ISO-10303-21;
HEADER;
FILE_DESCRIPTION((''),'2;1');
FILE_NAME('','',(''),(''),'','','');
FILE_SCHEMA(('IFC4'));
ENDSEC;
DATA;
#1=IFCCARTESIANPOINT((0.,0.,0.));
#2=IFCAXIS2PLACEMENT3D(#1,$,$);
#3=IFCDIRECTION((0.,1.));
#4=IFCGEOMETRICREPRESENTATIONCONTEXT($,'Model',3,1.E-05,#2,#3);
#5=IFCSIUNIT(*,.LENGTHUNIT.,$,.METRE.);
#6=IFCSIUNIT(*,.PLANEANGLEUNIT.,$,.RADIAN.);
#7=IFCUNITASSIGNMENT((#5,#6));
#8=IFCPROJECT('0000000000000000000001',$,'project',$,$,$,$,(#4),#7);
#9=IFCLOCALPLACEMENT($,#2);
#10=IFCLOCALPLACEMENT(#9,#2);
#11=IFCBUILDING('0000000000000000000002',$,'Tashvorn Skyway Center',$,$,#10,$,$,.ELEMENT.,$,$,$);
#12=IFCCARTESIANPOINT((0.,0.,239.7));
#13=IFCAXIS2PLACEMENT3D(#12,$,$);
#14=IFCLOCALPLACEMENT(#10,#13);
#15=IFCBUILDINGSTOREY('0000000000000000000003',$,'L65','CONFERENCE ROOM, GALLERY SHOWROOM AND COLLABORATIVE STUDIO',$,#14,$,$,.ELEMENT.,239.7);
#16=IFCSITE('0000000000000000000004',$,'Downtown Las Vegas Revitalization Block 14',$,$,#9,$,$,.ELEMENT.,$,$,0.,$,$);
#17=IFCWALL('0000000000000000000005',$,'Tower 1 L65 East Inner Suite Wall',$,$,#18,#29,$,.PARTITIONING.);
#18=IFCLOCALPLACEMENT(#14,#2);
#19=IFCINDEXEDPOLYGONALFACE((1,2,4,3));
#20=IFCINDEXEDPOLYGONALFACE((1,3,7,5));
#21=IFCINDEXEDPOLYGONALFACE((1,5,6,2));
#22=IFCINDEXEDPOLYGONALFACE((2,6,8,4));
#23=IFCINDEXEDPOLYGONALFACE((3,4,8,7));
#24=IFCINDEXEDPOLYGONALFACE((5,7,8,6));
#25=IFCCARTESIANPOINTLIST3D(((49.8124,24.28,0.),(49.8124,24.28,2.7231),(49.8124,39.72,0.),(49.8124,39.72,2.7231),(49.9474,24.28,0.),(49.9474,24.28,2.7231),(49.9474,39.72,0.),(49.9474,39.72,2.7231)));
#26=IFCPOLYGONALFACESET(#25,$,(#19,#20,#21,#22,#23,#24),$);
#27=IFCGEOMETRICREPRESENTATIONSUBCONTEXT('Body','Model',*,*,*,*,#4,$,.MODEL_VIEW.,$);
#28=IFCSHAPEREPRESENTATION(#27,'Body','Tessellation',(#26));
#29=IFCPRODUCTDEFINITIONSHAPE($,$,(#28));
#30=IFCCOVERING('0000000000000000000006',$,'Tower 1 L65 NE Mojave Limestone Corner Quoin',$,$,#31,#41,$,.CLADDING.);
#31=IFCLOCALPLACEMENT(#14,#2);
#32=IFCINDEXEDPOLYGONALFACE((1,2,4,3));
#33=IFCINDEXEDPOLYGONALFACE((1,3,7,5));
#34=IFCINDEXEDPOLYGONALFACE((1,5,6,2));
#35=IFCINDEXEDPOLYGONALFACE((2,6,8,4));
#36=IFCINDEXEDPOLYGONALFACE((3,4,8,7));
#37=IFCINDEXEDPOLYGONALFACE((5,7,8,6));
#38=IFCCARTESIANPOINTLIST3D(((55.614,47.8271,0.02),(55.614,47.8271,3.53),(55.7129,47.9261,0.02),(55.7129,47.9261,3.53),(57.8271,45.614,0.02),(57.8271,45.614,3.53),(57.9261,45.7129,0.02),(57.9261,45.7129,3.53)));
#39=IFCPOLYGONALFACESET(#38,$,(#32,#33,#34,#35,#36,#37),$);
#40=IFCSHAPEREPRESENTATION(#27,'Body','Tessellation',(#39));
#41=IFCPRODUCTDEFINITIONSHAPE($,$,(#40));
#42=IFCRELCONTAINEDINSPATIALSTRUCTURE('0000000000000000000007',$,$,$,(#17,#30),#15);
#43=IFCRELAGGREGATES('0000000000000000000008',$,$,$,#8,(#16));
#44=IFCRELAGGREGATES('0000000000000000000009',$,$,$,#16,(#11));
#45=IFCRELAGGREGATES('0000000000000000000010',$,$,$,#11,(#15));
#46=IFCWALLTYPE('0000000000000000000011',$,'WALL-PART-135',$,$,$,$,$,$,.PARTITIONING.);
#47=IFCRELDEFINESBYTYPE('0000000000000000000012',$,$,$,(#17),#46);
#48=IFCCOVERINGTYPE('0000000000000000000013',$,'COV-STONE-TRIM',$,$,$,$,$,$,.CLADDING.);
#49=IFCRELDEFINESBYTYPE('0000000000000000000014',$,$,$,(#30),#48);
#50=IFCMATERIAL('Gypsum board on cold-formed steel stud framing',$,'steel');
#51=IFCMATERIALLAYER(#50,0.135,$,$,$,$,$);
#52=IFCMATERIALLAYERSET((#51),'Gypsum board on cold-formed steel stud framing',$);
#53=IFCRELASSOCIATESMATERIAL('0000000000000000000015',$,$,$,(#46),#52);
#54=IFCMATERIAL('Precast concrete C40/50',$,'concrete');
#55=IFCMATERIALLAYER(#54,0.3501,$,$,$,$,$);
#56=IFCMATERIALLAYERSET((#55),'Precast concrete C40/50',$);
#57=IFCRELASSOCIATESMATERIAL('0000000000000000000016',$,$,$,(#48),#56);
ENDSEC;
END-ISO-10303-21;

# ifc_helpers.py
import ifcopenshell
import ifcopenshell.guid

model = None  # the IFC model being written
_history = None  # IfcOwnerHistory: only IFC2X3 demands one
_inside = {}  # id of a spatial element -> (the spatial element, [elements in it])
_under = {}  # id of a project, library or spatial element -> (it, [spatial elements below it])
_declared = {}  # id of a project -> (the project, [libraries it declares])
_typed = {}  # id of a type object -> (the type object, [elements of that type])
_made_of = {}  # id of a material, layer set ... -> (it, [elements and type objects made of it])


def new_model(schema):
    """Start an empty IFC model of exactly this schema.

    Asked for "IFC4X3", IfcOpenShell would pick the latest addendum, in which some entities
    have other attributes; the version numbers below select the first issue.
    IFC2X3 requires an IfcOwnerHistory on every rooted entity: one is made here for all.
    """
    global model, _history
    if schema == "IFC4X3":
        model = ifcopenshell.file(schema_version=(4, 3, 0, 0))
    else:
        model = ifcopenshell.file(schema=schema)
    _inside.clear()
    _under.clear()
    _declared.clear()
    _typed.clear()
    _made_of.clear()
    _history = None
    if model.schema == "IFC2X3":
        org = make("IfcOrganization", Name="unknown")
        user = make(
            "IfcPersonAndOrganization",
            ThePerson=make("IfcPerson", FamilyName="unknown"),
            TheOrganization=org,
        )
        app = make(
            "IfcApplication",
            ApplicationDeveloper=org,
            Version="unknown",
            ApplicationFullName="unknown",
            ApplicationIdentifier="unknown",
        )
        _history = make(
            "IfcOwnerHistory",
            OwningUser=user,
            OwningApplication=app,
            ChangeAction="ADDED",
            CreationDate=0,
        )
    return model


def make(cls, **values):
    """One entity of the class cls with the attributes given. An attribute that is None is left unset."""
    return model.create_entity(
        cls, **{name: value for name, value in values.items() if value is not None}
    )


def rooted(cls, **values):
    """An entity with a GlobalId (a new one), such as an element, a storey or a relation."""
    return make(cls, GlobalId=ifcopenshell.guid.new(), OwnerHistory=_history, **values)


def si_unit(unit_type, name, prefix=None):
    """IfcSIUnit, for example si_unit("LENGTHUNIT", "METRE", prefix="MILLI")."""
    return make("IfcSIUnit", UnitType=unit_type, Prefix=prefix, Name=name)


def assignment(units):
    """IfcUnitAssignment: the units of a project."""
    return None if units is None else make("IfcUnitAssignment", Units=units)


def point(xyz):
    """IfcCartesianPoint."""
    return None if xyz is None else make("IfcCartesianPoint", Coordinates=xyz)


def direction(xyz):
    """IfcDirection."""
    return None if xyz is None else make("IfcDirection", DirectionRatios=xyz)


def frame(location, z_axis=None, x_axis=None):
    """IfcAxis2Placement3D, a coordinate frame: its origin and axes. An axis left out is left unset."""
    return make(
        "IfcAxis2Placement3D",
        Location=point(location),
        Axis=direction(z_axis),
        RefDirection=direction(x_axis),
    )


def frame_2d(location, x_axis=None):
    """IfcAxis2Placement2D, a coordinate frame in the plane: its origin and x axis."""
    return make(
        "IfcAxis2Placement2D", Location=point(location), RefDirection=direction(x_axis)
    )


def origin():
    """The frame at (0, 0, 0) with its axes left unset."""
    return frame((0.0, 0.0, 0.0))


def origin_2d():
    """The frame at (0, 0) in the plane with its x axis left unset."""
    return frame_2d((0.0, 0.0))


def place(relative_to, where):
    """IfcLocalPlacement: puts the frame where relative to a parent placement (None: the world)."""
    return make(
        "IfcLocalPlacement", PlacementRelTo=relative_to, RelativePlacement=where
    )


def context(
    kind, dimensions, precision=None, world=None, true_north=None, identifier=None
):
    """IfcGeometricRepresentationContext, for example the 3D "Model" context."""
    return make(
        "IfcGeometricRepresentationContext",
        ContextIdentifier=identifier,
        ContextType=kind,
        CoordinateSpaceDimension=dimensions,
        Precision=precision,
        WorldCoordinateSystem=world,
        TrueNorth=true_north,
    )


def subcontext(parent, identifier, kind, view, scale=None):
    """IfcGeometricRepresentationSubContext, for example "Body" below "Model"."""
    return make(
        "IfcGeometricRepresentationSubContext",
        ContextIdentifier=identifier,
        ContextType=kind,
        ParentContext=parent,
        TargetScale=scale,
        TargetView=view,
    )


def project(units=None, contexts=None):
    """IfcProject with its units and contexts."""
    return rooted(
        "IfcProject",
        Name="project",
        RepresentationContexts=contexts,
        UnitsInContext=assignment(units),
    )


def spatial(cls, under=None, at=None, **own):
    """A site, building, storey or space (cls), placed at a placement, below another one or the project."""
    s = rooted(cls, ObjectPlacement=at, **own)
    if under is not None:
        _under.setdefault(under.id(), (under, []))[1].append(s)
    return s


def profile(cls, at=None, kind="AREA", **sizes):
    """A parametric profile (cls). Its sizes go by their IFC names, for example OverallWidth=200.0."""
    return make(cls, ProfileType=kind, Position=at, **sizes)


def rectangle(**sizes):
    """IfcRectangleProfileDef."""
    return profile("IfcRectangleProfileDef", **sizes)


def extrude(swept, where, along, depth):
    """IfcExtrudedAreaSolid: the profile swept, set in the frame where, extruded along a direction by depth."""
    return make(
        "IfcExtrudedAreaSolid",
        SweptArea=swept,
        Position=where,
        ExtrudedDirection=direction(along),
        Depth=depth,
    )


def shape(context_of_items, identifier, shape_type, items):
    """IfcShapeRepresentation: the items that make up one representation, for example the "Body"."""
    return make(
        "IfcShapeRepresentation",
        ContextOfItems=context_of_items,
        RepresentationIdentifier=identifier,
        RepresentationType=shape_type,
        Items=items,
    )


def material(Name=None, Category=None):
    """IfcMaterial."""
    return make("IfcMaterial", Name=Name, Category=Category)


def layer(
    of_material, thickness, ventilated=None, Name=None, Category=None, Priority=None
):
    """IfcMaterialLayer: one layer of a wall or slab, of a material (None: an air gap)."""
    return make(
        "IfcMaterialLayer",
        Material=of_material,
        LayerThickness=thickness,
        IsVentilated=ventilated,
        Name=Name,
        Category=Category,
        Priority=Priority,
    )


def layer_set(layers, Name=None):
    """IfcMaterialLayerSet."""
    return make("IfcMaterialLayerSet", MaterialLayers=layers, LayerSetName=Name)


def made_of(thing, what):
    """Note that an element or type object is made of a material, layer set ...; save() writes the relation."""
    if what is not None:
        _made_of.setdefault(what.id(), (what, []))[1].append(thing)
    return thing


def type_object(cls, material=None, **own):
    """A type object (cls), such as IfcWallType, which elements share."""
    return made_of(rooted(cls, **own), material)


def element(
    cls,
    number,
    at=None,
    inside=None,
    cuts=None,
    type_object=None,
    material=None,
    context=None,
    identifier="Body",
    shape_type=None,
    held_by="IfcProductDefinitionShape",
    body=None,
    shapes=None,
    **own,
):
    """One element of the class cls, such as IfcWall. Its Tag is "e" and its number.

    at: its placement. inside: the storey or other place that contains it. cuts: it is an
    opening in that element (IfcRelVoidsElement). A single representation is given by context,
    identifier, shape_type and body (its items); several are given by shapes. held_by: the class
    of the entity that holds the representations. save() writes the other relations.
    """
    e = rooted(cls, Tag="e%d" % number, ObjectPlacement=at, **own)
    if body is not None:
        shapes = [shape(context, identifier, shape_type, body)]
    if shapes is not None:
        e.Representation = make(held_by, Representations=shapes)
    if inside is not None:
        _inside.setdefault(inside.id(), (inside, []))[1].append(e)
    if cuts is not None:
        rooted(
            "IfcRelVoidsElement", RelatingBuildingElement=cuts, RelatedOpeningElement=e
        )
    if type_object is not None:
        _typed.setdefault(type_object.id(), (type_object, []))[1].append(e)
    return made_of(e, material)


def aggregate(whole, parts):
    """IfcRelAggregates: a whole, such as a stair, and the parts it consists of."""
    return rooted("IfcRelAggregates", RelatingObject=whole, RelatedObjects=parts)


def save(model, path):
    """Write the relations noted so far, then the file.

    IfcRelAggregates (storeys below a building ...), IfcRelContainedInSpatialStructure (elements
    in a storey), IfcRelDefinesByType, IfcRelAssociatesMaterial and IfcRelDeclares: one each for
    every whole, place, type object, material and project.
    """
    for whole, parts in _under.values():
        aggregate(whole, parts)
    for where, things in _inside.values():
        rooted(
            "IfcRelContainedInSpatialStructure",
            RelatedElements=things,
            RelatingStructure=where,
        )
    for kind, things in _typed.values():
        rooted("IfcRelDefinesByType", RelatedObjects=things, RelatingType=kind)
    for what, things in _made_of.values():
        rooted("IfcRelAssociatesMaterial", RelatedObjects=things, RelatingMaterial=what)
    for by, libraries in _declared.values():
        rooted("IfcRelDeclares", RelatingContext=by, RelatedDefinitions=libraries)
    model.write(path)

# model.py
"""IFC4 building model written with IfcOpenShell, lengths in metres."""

from ifc_helpers import new_model, si_unit, direction, frame, frame_2d, origin, origin_2d, place, context, subcontext, project, spatial, rectangle, extrude, material, layer, layer_set, type_object, element, save


model = new_model("IFC4")

# Units and contexts
model_context = context("Model", 3, precision=1e-05, world=origin(), true_north=direction((0.0, 1.0)))
body_context = subcontext(model_context, "Body", "Model", "MODEL_VIEW")
ifc_project = project(units=[si_unit("LENGTHUNIT", "METRE"), si_unit("PLANEANGLEUNIT", "RADIAN")], contexts=[model_context])

# Site, building, storey
site_placement = place(None, origin())
site = spatial("IfcSite", under=ifc_project, at=site_placement, Name="Downtown Las Vegas Revitalization Block 14", CompositionType="ELEMENT", RefElevation=0.0)
building_placement = place(site_placement, origin())
building = spatial("IfcBuilding", under=site, at=building_placement, Name="Tashvorn Skyway Center", CompositionType="ELEMENT")
storey_placement = place(building_placement, frame((0.0, 0.0, 239.7)))
storey = spatial("IfcBuildingStorey", under=building, at=storey_placement, Name="L65", Description="CONFERENCE ROOM, GALLERY SHOWROOM AND COLLABORATIVE STUDIO", CompositionType="ELEMENT", Elevation=239.7)

# Wall
ifc_material_1 = material(Name="Precast concrete C40/50", Category="concrete")
ifc_material_2 = material(Name="Gypsum board on cold-formed steel stud framing", Category="steel")
ifc_layer_1 = layer(ifc_material_2, 0.135)
ifc_layer_set_1 = layer_set([ifc_layer_1], Name="Gypsum board on cold-formed steel stud framing")
wall_type_1 = type_object("IfcWallType", Name="WALL-PART-135", PredefinedType="PARTITIONING", material=ifc_layer_set_1)
wall_1_placement = place(storey_placement, frame((49.8799, 39.72, 0.0), z_axis=(0.0, 0.0, 1.0), x_axis=(0.0, -1.0, 0.0)))
element("IfcWall", 1, at=wall_1_placement, inside=storey, type_object=wall_type_1, Name="Tower 1 L65 East Inner Suite Wall", PredefinedType="PARTITIONING", context=body_context, shape_type="SweptSolid", body=[
    extrude(rectangle(XDim=15.4399, YDim=0.135, at=frame_2d((7.72, 0.0))), origin(), (0.0, 0.0, 1.0), 2.7231),
])

# Covering
ifc_layer_2 = layer(ifc_material_1, 0.3501)
ifc_layer_set_2 = layer_set([ifc_layer_2], Name="Precast concrete C40/50")
covering_type = type_object("IfcCoveringType", Name="COV-STONE-TRIM", PredefinedType="CLADDING", material=ifc_layer_set_2)
covering_placement = place(storey_placement, frame((56.77, 46.77, 0.02), z_axis=(0.0, 0.0, 1.0), x_axis=(0.707107, -0.707107, 0.0)))
element("IfcCovering", 2, at=covering_placement, inside=storey, type_object=covering_type, Name="Tower 1 L65 NE Mojave Limestone Corner Quoin", PredefinedType="CLADDING", context=body_context, shape_type="SweptSolid", body=[
    extrude(rectangle(XDim=3.1299, YDim=0.1399, at=origin_2d()), origin(), (0.0, 0.0, 1.0), 3.51),
])

save(model, "model.ifc")
